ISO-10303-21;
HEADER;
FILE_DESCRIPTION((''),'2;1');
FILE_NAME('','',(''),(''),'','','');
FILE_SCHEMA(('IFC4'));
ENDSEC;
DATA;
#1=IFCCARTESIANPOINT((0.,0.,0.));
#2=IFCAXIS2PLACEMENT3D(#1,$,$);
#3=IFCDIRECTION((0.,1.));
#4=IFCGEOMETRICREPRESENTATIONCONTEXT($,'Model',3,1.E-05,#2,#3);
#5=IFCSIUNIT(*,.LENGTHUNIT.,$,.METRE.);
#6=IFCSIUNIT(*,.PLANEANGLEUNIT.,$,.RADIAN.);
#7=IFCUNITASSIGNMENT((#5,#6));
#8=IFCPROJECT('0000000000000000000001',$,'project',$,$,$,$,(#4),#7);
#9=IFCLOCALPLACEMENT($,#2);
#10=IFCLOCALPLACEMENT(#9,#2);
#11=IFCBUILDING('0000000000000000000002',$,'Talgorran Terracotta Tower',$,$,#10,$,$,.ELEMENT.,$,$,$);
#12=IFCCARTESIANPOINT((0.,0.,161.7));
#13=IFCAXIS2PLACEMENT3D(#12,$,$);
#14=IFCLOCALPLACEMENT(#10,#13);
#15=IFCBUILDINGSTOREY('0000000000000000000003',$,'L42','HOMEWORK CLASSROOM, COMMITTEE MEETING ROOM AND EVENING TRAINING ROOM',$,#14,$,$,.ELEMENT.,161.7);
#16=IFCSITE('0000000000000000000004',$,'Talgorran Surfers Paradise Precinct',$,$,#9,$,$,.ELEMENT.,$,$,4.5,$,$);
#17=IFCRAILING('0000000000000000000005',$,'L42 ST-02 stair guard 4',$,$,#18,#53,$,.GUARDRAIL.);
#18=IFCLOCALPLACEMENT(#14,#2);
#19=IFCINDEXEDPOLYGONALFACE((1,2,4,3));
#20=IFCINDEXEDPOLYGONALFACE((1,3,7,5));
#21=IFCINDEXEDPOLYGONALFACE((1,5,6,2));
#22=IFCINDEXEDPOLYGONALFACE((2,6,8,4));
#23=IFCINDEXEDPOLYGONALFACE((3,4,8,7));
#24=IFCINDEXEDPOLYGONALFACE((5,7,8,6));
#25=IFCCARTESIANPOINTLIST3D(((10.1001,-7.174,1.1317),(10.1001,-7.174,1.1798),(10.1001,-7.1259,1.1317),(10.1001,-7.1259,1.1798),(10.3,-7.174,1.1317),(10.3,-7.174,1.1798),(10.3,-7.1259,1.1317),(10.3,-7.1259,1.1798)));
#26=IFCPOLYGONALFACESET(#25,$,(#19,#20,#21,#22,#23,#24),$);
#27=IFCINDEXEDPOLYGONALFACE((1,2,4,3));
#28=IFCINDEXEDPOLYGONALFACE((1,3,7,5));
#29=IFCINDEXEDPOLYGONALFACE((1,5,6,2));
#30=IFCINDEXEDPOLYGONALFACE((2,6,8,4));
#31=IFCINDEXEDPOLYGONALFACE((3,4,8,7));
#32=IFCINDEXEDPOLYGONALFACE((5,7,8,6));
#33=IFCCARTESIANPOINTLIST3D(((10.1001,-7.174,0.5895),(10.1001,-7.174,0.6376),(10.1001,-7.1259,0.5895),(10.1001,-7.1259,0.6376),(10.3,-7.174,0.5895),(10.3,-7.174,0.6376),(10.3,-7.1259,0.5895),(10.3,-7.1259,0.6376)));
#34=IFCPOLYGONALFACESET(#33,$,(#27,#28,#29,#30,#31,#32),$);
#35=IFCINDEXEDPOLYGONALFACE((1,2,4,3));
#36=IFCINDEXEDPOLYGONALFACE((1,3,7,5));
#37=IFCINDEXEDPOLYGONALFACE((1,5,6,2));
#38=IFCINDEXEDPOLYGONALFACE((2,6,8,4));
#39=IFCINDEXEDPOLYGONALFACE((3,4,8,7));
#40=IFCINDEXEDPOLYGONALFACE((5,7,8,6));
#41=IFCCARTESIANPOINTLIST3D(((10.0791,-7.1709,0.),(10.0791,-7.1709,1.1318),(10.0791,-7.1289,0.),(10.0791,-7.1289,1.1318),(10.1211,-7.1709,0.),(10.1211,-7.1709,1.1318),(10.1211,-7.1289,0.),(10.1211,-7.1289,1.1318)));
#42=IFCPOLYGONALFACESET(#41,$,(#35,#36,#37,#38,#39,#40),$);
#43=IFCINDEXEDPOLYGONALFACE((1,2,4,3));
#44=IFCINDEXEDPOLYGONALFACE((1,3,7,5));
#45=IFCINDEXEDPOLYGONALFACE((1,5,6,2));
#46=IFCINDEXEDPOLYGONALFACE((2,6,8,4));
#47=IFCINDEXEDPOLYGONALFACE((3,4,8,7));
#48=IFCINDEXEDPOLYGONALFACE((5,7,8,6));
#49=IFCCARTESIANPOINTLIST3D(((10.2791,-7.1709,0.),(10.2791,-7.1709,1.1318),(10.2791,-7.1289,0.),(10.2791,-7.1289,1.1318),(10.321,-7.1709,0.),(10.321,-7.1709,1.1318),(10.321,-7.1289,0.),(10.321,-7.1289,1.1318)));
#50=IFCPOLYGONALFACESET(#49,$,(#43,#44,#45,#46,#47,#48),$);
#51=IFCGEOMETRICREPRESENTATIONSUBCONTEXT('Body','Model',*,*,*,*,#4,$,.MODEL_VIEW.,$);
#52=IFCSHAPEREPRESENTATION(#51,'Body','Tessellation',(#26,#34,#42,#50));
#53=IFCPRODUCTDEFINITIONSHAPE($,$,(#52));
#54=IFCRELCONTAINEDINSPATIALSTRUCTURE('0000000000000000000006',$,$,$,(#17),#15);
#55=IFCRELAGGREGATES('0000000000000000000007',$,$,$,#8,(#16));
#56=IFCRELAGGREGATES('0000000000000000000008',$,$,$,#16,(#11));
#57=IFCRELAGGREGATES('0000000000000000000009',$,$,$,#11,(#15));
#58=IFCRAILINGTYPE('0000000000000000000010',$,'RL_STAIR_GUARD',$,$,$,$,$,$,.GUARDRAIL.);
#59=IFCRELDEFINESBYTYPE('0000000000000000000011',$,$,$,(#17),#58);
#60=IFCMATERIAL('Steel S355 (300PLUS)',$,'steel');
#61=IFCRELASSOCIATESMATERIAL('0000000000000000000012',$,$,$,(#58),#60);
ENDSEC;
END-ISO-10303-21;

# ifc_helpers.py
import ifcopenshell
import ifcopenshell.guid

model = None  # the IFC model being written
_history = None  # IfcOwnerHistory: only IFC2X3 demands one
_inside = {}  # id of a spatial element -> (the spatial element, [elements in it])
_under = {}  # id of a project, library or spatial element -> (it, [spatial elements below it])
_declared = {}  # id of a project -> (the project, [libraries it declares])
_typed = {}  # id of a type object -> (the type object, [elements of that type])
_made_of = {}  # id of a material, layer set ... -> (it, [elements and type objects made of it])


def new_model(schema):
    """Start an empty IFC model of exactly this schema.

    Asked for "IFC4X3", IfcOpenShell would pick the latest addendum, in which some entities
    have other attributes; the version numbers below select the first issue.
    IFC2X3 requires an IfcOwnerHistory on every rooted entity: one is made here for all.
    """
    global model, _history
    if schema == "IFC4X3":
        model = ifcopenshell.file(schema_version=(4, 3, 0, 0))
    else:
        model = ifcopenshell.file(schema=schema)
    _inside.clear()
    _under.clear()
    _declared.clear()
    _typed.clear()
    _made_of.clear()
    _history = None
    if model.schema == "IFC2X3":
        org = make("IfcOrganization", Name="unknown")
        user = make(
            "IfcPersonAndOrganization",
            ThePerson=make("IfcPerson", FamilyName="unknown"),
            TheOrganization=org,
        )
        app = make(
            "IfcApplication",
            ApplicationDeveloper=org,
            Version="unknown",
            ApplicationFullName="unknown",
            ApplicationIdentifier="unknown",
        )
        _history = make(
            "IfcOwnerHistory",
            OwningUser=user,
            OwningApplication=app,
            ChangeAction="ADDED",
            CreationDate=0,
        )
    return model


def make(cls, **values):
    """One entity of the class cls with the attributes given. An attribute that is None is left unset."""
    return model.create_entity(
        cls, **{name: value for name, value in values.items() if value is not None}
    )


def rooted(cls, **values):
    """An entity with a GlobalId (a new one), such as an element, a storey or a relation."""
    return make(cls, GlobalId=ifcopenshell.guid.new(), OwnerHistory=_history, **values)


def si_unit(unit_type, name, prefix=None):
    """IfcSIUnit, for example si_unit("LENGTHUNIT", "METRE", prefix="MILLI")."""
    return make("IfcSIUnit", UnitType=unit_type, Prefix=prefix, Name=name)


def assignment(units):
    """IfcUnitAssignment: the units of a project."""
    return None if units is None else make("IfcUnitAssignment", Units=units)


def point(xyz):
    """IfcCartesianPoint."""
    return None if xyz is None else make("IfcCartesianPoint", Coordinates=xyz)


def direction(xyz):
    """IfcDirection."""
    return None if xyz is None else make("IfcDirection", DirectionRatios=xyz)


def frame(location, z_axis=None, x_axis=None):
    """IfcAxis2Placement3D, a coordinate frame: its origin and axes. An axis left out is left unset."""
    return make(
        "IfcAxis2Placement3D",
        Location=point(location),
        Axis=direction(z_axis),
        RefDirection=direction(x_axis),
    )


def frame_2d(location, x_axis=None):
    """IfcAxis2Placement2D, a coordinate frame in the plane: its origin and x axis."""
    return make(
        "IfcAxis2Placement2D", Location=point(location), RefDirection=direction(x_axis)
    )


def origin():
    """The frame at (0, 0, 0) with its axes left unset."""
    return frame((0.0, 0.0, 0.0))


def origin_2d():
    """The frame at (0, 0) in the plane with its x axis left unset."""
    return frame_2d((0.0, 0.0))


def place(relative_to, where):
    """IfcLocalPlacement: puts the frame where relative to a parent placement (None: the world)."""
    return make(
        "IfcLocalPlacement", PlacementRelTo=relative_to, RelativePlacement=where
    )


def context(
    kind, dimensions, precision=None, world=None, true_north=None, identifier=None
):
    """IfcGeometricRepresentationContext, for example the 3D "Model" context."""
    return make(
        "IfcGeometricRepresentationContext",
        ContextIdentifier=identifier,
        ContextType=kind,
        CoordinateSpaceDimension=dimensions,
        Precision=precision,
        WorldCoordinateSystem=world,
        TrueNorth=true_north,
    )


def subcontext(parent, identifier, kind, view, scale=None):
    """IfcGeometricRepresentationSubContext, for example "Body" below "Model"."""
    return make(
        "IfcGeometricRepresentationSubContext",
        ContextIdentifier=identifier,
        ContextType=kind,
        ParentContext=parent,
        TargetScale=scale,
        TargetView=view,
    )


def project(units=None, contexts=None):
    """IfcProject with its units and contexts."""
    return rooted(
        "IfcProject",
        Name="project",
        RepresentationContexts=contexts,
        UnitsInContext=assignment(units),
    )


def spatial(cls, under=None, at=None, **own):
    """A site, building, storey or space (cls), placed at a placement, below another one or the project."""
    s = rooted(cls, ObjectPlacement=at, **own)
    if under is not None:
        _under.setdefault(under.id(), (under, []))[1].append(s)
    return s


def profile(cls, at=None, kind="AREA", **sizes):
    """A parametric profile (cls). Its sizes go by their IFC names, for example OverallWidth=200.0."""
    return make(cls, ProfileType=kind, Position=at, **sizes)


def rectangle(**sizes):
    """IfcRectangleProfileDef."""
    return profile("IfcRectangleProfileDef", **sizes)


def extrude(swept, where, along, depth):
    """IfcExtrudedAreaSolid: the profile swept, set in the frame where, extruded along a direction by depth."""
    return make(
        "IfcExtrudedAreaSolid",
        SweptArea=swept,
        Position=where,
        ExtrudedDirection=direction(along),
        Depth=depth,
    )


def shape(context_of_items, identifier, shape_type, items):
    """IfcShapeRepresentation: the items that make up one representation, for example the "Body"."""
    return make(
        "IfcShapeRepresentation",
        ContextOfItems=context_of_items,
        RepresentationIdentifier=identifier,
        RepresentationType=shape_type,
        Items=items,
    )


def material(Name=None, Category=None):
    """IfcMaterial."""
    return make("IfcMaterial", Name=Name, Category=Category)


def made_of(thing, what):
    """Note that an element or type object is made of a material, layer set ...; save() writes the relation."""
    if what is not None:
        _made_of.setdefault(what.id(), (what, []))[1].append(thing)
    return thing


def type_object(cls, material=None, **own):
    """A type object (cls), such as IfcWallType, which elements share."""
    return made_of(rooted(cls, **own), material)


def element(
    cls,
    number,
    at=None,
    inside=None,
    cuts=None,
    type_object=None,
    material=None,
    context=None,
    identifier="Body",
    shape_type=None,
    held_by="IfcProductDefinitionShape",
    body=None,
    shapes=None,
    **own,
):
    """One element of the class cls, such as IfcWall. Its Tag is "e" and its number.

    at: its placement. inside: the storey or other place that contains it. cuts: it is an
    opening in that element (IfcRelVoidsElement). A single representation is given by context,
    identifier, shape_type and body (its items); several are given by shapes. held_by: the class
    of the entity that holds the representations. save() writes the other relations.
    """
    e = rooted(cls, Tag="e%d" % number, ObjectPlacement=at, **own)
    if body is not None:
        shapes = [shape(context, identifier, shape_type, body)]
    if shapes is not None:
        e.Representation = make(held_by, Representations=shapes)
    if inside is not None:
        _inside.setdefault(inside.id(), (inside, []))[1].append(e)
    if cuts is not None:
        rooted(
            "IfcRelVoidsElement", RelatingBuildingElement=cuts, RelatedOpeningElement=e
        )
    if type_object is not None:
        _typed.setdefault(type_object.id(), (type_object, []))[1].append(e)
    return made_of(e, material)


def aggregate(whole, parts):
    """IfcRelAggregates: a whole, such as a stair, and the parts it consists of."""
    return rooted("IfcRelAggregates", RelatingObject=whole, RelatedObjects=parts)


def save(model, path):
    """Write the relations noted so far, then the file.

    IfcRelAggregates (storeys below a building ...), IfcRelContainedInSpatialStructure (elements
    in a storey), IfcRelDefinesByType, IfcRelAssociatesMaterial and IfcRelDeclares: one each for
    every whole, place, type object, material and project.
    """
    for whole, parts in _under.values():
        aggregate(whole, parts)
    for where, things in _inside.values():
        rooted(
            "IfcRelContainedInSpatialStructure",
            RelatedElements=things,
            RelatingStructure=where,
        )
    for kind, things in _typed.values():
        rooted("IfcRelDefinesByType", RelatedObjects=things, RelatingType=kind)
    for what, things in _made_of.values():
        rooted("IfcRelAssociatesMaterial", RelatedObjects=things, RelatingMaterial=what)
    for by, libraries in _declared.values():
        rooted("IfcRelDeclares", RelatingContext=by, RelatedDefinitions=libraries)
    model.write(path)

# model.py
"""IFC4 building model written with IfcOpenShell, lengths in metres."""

from ifc_helpers import new_model, si_unit, direction, frame, origin, origin_2d, place, context, subcontext, project, spatial, rectangle, extrude, material, type_object, element, save


model = new_model("IFC4")

# Units and contexts
model_context = context("Model", 3, precision=1e-05, world=origin(), true_north=direction((0.0, 1.0)))
body_context = subcontext(model_context, "Body", "Model", "MODEL_VIEW")
ifc_project = project(units=[si_unit("LENGTHUNIT", "METRE"), si_unit("PLANEANGLEUNIT", "RADIAN")], contexts=[model_context])

# Site, building, storey
site_placement = place(None, origin())
site = spatial("IfcSite", under=ifc_project, at=site_placement, Name="Talgorran Surfers Paradise Precinct", CompositionType="ELEMENT", RefElevation=4.5)
building_placement = place(site_placement, origin())
building = spatial("IfcBuilding", under=site, at=building_placement, Name="Talgorran Terracotta Tower", CompositionType="ELEMENT")
storey_placement = place(building_placement, frame((0.0, 0.0, 161.7)))
storey = spatial("IfcBuildingStorey", under=building, at=storey_placement, Name="L42", Description="HOMEWORK CLASSROOM, COMMITTEE MEETING ROOM AND EVENING TRAINING ROOM", CompositionType="ELEMENT", Elevation=161.7)

# Shared definitions
ifc_material_1 = material(Name="Steel S355 (300PLUS)", Category="steel")

# Railing
railing_type_1 = type_object("IfcRailingType", Name="RL_STAIR_GUARD", PredefinedType="GUARDRAIL", material=ifc_material_1)
railing_1_placement = place(storey_placement, frame((10.1001, -7.1499, 0.0)))
element("IfcRailing", 1, at=railing_1_placement, inside=storey, type_object=railing_type_1, Name="L42 ST-02 stair guard 4", PredefinedType="GUARDRAIL", context=body_context, shape_type="SweptSolid", body=[
    extrude(rectangle(XDim=0.0481, YDim=0.0481, at=origin_2d()), frame((0.0, 0.0, 1.1558), z_axis=(1.0, 0.0, 0.0), x_axis=(0.0, 1.0, 0.0)), (0.0, 0.0, 1.0), 0.2),
    extrude(rectangle(XDim=0.0481, YDim=0.0481, at=origin_2d()), frame((0.0, 0.0, 0.6135), z_axis=(1.0, 0.0, 0.0), x_axis=(0.0, 1.0, 0.0)), (0.0, 0.0, 1.0), 0.2),
    extrude(rectangle(XDim=0.042, YDim=0.042, at=origin_2d()), origin(), (0.0, 0.0, 1.0), 1.1318),
    extrude(rectangle(XDim=0.042, YDim=0.042, at=origin_2d()), frame((0.2, 0.0, 0.0)), (0.0, 0.0, 1.0), 1.1318),
])

save(model, "model.ifc")
